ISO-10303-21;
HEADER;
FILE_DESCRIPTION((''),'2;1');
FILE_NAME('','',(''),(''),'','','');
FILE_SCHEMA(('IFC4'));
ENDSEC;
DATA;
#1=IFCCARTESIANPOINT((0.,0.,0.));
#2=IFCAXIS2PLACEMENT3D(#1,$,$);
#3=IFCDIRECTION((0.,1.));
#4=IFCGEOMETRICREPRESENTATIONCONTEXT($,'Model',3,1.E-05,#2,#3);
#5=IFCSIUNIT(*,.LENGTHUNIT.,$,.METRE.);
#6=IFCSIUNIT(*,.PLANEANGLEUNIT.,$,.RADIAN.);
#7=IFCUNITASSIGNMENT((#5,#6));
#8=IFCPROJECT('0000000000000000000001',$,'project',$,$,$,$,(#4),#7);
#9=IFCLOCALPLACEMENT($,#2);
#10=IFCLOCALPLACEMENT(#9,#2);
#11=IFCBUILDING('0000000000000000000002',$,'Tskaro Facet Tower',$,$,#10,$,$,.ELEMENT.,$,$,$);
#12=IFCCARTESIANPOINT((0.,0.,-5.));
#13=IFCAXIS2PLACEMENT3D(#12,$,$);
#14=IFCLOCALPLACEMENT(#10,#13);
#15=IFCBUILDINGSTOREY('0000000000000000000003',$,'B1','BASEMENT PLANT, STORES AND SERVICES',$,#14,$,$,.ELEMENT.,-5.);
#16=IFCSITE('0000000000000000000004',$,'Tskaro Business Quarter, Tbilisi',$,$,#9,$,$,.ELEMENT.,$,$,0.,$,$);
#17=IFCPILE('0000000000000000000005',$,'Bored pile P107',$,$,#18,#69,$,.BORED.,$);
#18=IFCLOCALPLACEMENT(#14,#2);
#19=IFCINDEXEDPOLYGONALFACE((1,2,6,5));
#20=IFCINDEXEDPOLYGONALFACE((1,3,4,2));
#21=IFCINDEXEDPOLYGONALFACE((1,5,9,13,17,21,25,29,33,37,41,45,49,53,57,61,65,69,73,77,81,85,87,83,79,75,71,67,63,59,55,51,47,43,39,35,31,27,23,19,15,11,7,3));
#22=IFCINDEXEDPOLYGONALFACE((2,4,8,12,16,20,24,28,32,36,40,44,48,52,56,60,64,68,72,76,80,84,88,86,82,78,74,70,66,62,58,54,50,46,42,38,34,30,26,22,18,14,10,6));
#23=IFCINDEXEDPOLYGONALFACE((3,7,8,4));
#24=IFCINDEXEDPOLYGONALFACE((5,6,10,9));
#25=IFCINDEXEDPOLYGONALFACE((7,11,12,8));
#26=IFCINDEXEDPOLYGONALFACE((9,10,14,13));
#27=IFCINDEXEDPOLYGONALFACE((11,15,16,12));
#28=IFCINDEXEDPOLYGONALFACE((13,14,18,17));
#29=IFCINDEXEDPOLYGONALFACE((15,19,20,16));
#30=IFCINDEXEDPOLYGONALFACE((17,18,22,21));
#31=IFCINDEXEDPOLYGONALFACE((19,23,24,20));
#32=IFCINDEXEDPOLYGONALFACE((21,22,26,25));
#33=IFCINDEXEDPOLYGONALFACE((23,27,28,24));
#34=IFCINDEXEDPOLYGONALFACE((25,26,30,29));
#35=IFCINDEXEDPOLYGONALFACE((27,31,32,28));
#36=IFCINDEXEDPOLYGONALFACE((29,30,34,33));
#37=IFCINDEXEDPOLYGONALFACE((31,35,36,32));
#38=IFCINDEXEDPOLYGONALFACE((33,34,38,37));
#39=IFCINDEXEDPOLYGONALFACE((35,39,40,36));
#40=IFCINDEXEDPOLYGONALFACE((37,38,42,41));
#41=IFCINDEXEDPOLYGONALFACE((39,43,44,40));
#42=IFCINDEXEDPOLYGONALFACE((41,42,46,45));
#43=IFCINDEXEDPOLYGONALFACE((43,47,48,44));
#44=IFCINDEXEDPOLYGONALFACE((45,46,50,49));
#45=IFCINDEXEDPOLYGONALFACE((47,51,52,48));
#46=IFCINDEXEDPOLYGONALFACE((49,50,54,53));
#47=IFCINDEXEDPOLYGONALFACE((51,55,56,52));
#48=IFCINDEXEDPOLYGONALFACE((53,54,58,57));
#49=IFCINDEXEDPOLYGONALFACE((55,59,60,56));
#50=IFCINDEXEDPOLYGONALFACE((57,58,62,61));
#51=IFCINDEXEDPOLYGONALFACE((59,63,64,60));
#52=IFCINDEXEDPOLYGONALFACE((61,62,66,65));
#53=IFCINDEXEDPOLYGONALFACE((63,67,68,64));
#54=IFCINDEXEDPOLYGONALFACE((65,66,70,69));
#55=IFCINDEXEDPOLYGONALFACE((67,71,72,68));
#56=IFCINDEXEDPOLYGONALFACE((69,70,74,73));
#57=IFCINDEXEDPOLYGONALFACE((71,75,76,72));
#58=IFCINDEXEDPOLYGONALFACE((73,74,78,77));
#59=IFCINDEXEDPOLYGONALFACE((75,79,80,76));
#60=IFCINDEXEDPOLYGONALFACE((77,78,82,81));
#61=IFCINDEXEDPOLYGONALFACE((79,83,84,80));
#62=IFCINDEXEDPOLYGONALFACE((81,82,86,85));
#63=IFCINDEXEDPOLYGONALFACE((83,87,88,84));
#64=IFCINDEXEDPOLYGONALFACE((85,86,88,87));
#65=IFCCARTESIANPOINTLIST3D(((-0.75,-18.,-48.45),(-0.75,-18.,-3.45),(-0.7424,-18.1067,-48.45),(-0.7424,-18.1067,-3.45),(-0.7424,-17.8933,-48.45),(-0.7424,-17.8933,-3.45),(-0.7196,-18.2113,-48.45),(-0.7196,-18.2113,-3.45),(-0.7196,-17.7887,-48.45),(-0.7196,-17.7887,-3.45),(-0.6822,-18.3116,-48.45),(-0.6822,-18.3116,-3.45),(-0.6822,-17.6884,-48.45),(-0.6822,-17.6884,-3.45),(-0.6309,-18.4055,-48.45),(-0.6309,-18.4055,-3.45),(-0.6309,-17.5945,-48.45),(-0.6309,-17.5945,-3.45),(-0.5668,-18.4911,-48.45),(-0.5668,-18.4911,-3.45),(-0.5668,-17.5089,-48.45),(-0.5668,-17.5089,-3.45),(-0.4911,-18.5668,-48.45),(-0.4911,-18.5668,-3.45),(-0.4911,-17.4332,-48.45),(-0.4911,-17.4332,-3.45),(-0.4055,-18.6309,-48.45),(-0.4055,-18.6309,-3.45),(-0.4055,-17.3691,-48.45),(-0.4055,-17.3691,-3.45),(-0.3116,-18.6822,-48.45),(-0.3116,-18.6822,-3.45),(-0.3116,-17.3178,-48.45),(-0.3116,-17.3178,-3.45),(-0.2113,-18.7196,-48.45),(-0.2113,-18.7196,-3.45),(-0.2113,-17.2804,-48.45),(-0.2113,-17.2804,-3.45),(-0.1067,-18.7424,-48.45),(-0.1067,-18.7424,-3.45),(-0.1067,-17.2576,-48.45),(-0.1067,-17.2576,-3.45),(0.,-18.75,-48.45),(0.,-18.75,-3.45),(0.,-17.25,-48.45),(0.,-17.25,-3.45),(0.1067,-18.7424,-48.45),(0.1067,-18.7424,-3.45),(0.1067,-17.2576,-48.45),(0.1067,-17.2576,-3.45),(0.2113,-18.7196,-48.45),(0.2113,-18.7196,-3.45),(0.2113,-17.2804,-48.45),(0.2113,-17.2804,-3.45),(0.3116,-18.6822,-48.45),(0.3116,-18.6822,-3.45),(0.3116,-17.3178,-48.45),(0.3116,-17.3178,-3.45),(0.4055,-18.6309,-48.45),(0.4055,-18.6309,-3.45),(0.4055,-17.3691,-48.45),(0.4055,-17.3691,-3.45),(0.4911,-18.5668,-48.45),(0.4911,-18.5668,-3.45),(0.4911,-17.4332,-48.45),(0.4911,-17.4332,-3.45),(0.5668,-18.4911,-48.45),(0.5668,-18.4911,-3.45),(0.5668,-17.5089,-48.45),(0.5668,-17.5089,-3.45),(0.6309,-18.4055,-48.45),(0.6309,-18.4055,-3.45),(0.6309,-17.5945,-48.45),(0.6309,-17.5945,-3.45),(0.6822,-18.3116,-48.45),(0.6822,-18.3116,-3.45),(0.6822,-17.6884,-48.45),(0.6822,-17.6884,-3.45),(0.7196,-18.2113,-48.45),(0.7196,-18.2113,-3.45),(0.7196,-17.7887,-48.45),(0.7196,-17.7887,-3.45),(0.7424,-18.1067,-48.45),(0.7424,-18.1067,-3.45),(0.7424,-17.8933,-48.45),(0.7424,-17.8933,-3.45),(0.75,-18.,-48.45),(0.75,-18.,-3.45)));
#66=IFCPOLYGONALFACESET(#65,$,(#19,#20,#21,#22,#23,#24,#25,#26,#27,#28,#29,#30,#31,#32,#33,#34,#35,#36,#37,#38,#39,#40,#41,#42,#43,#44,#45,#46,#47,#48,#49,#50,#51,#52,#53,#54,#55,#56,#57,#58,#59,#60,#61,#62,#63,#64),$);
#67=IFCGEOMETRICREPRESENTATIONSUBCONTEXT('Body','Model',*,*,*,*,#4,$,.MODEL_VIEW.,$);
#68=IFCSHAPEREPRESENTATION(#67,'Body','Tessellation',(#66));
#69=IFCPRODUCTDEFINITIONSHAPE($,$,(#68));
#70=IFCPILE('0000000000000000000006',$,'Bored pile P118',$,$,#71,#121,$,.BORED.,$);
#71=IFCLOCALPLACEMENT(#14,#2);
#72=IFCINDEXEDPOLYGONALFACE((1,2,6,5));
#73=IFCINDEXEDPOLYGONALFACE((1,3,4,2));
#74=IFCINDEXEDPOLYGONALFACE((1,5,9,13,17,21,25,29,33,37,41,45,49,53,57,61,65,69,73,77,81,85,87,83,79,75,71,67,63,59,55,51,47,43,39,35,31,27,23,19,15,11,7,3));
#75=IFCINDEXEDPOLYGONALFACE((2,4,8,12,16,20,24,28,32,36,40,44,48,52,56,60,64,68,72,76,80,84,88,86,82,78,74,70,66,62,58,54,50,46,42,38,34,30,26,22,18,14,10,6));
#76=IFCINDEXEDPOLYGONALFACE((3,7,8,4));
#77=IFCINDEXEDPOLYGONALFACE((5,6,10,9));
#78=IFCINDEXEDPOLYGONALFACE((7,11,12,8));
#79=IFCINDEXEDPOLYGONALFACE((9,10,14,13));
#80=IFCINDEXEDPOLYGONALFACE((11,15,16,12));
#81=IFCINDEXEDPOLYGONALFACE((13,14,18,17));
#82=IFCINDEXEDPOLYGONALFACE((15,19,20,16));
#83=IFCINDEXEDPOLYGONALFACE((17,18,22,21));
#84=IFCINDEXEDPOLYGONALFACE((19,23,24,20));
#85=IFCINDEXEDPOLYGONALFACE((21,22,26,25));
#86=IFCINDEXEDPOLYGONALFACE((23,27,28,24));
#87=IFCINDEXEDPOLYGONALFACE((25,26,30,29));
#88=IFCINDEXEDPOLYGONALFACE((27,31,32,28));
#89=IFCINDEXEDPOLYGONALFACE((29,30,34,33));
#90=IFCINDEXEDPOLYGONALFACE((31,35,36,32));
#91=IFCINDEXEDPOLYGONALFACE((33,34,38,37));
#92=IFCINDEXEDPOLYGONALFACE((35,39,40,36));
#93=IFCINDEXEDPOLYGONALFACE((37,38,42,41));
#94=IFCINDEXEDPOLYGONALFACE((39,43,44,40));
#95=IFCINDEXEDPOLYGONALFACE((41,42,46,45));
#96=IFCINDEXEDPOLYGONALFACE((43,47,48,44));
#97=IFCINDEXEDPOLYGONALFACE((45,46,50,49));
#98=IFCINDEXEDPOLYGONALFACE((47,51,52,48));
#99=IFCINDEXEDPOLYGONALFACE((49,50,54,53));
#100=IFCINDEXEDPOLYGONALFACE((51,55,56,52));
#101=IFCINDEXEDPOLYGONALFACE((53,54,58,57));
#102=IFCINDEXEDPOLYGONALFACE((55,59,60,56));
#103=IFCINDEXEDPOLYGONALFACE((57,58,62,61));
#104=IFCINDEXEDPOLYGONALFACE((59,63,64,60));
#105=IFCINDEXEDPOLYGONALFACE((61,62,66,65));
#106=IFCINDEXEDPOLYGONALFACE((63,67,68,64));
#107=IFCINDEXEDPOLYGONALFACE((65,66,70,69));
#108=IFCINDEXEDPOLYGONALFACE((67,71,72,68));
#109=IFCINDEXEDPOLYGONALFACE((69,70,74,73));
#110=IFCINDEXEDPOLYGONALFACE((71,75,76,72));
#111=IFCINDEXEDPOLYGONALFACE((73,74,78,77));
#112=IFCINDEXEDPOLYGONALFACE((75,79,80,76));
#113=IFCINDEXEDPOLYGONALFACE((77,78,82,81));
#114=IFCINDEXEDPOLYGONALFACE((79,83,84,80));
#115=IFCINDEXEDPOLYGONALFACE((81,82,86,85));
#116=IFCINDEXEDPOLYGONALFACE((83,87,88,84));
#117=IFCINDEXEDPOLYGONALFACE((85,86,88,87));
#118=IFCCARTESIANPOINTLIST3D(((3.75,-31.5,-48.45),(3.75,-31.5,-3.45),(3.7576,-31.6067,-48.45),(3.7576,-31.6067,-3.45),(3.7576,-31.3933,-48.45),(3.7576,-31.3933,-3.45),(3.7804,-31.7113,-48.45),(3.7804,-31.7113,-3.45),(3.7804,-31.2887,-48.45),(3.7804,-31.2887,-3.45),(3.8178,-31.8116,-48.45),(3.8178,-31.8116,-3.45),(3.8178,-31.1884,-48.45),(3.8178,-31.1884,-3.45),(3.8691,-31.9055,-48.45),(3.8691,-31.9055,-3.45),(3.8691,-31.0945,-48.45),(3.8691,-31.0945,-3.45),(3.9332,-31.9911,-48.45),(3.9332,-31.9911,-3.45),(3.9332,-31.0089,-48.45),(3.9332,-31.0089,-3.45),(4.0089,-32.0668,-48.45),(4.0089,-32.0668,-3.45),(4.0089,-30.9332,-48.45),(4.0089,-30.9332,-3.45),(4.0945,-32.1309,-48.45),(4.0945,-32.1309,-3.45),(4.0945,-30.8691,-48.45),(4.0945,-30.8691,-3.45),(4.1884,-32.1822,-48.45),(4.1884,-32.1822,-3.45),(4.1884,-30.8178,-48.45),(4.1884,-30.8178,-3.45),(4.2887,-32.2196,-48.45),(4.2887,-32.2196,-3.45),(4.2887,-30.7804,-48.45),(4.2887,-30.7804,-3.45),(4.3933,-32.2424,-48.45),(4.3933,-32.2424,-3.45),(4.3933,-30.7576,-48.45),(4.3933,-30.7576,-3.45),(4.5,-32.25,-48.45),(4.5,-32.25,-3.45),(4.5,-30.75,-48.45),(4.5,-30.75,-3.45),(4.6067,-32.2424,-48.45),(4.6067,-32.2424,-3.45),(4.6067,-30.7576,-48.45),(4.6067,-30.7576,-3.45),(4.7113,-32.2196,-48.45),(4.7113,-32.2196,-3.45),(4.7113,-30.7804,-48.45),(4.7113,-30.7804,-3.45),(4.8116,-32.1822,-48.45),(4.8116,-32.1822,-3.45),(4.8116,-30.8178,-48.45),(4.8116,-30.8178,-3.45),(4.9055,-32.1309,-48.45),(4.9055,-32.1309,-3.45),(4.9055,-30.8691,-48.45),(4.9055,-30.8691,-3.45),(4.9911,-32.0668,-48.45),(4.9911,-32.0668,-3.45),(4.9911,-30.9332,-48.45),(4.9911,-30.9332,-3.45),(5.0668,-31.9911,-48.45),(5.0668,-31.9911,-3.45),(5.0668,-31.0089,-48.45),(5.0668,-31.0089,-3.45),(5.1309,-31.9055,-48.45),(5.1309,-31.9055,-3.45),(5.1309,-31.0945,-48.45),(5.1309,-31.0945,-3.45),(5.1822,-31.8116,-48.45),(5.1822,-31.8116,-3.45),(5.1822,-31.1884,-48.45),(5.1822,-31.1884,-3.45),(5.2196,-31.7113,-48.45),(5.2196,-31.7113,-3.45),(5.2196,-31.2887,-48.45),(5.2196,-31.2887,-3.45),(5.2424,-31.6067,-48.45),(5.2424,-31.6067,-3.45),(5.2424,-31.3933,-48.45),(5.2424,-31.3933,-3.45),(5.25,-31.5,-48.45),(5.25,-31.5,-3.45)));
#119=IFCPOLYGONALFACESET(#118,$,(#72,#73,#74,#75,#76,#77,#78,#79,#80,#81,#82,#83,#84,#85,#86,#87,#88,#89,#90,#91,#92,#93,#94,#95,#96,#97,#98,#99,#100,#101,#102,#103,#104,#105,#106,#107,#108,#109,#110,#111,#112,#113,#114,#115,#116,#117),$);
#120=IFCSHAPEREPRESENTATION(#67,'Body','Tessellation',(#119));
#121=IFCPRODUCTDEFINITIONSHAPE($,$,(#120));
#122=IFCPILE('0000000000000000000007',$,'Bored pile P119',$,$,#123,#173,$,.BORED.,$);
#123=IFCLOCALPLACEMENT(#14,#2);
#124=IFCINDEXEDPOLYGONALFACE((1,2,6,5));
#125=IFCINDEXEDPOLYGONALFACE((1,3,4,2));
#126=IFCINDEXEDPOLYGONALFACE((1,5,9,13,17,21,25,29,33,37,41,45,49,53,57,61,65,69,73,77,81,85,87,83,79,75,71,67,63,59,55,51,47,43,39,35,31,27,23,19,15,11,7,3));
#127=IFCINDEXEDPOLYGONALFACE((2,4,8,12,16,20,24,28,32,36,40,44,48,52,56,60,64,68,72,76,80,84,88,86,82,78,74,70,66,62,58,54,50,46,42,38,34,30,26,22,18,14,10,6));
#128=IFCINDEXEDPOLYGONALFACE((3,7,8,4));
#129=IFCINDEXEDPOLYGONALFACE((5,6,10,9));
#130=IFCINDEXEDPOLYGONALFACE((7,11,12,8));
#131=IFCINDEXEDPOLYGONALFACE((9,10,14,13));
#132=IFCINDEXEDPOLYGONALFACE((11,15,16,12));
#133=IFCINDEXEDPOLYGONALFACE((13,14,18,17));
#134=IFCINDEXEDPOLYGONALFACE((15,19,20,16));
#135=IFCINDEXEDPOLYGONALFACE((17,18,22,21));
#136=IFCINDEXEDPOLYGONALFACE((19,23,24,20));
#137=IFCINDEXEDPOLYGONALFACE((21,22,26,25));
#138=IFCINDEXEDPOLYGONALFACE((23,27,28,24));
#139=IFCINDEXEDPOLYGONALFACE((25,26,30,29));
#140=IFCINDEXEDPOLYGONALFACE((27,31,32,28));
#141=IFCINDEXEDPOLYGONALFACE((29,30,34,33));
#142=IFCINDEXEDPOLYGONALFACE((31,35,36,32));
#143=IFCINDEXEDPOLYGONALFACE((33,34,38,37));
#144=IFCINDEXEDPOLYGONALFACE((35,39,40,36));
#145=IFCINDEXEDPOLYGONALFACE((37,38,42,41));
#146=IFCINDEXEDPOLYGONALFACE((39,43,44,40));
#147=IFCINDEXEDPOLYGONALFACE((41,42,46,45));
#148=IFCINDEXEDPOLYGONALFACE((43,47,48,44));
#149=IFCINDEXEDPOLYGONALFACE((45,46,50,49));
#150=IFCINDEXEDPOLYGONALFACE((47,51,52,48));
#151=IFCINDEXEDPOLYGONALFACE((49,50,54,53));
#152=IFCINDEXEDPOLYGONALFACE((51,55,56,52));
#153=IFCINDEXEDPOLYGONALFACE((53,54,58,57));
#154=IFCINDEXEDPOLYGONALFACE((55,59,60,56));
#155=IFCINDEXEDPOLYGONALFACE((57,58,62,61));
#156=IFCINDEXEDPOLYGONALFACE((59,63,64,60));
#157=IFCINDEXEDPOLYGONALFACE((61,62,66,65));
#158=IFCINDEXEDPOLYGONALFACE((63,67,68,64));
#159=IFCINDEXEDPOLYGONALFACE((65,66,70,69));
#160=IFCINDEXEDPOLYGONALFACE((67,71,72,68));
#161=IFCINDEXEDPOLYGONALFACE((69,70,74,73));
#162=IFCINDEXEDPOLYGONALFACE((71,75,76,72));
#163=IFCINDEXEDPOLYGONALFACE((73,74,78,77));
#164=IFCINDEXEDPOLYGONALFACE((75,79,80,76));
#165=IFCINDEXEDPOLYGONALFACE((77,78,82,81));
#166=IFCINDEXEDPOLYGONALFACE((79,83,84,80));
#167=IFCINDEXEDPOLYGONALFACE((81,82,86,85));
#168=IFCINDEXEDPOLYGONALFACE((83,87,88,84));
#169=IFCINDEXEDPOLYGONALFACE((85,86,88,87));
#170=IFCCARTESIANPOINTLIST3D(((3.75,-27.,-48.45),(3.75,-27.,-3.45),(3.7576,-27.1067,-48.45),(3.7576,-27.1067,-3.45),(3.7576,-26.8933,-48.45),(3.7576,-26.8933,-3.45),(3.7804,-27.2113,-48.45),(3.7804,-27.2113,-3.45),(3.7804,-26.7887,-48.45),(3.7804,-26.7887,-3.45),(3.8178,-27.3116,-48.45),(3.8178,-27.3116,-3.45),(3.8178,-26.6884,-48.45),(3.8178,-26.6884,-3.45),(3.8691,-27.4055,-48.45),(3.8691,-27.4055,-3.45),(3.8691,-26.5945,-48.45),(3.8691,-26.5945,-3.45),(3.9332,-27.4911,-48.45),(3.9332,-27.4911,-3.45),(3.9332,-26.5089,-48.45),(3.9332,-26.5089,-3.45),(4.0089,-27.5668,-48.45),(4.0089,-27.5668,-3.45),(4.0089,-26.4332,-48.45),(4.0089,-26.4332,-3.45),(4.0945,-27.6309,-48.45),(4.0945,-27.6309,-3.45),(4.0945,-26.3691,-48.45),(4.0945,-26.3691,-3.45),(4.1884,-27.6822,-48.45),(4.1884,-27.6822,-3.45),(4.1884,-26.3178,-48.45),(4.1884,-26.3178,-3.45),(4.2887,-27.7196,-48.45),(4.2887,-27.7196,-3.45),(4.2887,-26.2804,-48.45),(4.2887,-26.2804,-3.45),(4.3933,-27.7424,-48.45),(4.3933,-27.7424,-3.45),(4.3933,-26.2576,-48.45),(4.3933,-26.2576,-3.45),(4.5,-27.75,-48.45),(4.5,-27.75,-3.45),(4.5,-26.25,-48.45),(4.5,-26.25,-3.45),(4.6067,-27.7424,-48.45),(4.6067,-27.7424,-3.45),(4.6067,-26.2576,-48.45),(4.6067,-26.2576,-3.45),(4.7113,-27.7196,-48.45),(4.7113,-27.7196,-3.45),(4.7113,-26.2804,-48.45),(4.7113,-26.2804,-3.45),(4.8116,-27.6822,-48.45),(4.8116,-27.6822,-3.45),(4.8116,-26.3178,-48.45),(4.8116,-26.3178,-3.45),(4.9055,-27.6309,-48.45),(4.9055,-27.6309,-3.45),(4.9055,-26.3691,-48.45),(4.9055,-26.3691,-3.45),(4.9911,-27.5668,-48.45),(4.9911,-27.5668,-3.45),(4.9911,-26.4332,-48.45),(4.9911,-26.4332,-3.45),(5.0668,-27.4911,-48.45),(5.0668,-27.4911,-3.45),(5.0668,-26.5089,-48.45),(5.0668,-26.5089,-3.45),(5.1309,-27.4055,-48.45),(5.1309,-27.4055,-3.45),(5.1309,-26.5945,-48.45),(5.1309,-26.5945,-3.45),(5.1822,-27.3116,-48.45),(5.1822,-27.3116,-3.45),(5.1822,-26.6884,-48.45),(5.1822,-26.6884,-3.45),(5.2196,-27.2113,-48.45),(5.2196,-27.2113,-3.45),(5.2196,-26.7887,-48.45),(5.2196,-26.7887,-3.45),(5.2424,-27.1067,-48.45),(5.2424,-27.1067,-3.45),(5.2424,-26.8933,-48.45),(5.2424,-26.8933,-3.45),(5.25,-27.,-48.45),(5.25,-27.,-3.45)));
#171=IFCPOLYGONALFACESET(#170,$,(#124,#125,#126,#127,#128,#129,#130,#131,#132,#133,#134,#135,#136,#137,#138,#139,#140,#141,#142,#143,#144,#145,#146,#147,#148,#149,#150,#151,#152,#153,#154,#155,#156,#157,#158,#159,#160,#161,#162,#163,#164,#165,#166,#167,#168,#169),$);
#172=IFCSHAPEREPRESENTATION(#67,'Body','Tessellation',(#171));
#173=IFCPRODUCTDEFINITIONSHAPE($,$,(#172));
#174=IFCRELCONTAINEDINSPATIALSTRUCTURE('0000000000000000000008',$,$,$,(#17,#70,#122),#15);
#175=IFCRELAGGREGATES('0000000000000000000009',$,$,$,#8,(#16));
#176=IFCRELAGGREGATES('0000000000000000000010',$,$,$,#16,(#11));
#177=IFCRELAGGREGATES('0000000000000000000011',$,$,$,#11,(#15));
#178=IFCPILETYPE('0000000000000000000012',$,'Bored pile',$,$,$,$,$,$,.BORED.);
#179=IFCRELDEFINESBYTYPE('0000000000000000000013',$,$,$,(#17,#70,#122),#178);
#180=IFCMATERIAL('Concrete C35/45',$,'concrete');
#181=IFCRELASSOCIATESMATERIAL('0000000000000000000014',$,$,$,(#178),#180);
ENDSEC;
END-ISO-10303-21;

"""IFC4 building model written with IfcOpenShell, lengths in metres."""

from ifc_helpers import new_model, si_unit, direction, frame, origin, origin_2d, place, context, subcontext, project, spatial, circle, extrude, material, material_profile, profile_set, type_object, element, save


model = new_model("IFC4")

# Units and contexts
model_context = context("Model", 3, precision=1e-05, world=origin(), true_north=direction((0.0, 1.0)))
body_context = subcontext(model_context, "Body", "Model", "MODEL_VIEW")
ifc_project = project(units=[si_unit("LENGTHUNIT", "METRE"), si_unit("PLANEANGLEUNIT", "RADIAN")], contexts=[model_context])

# Site, building, storey
site_placement = place(None, origin())
site = spatial("IfcSite", under=ifc_project, at=site_placement, Name="Tskaro Business Quarter, Tbilisi", CompositionType="ELEMENT", RefElevation=0.0)
building_placement = place(site_placement, origin())
building = spatial("IfcBuilding", under=site, at=building_placement, Name="Tskaro Facet Tower", CompositionType="ELEMENT")
storey_placement = place(building_placement, frame((0.0, 0.0, -5.0)))
storey = spatial("IfcBuildingStorey", under=building, at=storey_placement, Name="B1", Description="BASEMENT PLANT, STORES AND SERVICES", CompositionType="ELEMENT", Elevation=-5.0)

# Piles
ifc_material_1 = material(Name="Concrete C35/45", Category="concrete")
ifc_material_profile_1 = material_profile(ifc_material_1, circle(Radius=0.75, at=origin_2d()), Name="Bored pile")
ifc_profile_set_1 = profile_set([ifc_material_profile_1], Name="Concrete C35/45")
pile_type = type_object("IfcPileType", Name="Bored pile", PredefinedType="BORED", material=ifc_profile_set_1)
for number, where, z_axis, x_axis, name in (
    (1, (0.0, -18.0, -3.45), (0.0, 0.0, -1.0), (1.0, 0.0, 0.0), "Bored pile P107"),
    (2, (4.5, -31.5, -3.45), (0.0, 0.0, -1.0), (1.0, 0.0, 0.0), "Bored pile P118"),
    (3, (4.5, -27.0, -3.45), (0.0, 0.0, -1.0), (1.0, 0.0, 0.0), "Bored pile P119"),
):
    element("IfcPile", number, at=place(storey_placement, frame(where, z_axis=z_axis, x_axis=x_axis)), inside=storey, type_object=pile_type, Name=name, PredefinedType="BORED", context=body_context, shape_type="SweptSolid", body=[
        extrude(circle(Radius=0.75, at=origin_2d()), origin(), (0.0, 0.0, 1.0), 45.0),
    ])

save(model, "model.ifc")
